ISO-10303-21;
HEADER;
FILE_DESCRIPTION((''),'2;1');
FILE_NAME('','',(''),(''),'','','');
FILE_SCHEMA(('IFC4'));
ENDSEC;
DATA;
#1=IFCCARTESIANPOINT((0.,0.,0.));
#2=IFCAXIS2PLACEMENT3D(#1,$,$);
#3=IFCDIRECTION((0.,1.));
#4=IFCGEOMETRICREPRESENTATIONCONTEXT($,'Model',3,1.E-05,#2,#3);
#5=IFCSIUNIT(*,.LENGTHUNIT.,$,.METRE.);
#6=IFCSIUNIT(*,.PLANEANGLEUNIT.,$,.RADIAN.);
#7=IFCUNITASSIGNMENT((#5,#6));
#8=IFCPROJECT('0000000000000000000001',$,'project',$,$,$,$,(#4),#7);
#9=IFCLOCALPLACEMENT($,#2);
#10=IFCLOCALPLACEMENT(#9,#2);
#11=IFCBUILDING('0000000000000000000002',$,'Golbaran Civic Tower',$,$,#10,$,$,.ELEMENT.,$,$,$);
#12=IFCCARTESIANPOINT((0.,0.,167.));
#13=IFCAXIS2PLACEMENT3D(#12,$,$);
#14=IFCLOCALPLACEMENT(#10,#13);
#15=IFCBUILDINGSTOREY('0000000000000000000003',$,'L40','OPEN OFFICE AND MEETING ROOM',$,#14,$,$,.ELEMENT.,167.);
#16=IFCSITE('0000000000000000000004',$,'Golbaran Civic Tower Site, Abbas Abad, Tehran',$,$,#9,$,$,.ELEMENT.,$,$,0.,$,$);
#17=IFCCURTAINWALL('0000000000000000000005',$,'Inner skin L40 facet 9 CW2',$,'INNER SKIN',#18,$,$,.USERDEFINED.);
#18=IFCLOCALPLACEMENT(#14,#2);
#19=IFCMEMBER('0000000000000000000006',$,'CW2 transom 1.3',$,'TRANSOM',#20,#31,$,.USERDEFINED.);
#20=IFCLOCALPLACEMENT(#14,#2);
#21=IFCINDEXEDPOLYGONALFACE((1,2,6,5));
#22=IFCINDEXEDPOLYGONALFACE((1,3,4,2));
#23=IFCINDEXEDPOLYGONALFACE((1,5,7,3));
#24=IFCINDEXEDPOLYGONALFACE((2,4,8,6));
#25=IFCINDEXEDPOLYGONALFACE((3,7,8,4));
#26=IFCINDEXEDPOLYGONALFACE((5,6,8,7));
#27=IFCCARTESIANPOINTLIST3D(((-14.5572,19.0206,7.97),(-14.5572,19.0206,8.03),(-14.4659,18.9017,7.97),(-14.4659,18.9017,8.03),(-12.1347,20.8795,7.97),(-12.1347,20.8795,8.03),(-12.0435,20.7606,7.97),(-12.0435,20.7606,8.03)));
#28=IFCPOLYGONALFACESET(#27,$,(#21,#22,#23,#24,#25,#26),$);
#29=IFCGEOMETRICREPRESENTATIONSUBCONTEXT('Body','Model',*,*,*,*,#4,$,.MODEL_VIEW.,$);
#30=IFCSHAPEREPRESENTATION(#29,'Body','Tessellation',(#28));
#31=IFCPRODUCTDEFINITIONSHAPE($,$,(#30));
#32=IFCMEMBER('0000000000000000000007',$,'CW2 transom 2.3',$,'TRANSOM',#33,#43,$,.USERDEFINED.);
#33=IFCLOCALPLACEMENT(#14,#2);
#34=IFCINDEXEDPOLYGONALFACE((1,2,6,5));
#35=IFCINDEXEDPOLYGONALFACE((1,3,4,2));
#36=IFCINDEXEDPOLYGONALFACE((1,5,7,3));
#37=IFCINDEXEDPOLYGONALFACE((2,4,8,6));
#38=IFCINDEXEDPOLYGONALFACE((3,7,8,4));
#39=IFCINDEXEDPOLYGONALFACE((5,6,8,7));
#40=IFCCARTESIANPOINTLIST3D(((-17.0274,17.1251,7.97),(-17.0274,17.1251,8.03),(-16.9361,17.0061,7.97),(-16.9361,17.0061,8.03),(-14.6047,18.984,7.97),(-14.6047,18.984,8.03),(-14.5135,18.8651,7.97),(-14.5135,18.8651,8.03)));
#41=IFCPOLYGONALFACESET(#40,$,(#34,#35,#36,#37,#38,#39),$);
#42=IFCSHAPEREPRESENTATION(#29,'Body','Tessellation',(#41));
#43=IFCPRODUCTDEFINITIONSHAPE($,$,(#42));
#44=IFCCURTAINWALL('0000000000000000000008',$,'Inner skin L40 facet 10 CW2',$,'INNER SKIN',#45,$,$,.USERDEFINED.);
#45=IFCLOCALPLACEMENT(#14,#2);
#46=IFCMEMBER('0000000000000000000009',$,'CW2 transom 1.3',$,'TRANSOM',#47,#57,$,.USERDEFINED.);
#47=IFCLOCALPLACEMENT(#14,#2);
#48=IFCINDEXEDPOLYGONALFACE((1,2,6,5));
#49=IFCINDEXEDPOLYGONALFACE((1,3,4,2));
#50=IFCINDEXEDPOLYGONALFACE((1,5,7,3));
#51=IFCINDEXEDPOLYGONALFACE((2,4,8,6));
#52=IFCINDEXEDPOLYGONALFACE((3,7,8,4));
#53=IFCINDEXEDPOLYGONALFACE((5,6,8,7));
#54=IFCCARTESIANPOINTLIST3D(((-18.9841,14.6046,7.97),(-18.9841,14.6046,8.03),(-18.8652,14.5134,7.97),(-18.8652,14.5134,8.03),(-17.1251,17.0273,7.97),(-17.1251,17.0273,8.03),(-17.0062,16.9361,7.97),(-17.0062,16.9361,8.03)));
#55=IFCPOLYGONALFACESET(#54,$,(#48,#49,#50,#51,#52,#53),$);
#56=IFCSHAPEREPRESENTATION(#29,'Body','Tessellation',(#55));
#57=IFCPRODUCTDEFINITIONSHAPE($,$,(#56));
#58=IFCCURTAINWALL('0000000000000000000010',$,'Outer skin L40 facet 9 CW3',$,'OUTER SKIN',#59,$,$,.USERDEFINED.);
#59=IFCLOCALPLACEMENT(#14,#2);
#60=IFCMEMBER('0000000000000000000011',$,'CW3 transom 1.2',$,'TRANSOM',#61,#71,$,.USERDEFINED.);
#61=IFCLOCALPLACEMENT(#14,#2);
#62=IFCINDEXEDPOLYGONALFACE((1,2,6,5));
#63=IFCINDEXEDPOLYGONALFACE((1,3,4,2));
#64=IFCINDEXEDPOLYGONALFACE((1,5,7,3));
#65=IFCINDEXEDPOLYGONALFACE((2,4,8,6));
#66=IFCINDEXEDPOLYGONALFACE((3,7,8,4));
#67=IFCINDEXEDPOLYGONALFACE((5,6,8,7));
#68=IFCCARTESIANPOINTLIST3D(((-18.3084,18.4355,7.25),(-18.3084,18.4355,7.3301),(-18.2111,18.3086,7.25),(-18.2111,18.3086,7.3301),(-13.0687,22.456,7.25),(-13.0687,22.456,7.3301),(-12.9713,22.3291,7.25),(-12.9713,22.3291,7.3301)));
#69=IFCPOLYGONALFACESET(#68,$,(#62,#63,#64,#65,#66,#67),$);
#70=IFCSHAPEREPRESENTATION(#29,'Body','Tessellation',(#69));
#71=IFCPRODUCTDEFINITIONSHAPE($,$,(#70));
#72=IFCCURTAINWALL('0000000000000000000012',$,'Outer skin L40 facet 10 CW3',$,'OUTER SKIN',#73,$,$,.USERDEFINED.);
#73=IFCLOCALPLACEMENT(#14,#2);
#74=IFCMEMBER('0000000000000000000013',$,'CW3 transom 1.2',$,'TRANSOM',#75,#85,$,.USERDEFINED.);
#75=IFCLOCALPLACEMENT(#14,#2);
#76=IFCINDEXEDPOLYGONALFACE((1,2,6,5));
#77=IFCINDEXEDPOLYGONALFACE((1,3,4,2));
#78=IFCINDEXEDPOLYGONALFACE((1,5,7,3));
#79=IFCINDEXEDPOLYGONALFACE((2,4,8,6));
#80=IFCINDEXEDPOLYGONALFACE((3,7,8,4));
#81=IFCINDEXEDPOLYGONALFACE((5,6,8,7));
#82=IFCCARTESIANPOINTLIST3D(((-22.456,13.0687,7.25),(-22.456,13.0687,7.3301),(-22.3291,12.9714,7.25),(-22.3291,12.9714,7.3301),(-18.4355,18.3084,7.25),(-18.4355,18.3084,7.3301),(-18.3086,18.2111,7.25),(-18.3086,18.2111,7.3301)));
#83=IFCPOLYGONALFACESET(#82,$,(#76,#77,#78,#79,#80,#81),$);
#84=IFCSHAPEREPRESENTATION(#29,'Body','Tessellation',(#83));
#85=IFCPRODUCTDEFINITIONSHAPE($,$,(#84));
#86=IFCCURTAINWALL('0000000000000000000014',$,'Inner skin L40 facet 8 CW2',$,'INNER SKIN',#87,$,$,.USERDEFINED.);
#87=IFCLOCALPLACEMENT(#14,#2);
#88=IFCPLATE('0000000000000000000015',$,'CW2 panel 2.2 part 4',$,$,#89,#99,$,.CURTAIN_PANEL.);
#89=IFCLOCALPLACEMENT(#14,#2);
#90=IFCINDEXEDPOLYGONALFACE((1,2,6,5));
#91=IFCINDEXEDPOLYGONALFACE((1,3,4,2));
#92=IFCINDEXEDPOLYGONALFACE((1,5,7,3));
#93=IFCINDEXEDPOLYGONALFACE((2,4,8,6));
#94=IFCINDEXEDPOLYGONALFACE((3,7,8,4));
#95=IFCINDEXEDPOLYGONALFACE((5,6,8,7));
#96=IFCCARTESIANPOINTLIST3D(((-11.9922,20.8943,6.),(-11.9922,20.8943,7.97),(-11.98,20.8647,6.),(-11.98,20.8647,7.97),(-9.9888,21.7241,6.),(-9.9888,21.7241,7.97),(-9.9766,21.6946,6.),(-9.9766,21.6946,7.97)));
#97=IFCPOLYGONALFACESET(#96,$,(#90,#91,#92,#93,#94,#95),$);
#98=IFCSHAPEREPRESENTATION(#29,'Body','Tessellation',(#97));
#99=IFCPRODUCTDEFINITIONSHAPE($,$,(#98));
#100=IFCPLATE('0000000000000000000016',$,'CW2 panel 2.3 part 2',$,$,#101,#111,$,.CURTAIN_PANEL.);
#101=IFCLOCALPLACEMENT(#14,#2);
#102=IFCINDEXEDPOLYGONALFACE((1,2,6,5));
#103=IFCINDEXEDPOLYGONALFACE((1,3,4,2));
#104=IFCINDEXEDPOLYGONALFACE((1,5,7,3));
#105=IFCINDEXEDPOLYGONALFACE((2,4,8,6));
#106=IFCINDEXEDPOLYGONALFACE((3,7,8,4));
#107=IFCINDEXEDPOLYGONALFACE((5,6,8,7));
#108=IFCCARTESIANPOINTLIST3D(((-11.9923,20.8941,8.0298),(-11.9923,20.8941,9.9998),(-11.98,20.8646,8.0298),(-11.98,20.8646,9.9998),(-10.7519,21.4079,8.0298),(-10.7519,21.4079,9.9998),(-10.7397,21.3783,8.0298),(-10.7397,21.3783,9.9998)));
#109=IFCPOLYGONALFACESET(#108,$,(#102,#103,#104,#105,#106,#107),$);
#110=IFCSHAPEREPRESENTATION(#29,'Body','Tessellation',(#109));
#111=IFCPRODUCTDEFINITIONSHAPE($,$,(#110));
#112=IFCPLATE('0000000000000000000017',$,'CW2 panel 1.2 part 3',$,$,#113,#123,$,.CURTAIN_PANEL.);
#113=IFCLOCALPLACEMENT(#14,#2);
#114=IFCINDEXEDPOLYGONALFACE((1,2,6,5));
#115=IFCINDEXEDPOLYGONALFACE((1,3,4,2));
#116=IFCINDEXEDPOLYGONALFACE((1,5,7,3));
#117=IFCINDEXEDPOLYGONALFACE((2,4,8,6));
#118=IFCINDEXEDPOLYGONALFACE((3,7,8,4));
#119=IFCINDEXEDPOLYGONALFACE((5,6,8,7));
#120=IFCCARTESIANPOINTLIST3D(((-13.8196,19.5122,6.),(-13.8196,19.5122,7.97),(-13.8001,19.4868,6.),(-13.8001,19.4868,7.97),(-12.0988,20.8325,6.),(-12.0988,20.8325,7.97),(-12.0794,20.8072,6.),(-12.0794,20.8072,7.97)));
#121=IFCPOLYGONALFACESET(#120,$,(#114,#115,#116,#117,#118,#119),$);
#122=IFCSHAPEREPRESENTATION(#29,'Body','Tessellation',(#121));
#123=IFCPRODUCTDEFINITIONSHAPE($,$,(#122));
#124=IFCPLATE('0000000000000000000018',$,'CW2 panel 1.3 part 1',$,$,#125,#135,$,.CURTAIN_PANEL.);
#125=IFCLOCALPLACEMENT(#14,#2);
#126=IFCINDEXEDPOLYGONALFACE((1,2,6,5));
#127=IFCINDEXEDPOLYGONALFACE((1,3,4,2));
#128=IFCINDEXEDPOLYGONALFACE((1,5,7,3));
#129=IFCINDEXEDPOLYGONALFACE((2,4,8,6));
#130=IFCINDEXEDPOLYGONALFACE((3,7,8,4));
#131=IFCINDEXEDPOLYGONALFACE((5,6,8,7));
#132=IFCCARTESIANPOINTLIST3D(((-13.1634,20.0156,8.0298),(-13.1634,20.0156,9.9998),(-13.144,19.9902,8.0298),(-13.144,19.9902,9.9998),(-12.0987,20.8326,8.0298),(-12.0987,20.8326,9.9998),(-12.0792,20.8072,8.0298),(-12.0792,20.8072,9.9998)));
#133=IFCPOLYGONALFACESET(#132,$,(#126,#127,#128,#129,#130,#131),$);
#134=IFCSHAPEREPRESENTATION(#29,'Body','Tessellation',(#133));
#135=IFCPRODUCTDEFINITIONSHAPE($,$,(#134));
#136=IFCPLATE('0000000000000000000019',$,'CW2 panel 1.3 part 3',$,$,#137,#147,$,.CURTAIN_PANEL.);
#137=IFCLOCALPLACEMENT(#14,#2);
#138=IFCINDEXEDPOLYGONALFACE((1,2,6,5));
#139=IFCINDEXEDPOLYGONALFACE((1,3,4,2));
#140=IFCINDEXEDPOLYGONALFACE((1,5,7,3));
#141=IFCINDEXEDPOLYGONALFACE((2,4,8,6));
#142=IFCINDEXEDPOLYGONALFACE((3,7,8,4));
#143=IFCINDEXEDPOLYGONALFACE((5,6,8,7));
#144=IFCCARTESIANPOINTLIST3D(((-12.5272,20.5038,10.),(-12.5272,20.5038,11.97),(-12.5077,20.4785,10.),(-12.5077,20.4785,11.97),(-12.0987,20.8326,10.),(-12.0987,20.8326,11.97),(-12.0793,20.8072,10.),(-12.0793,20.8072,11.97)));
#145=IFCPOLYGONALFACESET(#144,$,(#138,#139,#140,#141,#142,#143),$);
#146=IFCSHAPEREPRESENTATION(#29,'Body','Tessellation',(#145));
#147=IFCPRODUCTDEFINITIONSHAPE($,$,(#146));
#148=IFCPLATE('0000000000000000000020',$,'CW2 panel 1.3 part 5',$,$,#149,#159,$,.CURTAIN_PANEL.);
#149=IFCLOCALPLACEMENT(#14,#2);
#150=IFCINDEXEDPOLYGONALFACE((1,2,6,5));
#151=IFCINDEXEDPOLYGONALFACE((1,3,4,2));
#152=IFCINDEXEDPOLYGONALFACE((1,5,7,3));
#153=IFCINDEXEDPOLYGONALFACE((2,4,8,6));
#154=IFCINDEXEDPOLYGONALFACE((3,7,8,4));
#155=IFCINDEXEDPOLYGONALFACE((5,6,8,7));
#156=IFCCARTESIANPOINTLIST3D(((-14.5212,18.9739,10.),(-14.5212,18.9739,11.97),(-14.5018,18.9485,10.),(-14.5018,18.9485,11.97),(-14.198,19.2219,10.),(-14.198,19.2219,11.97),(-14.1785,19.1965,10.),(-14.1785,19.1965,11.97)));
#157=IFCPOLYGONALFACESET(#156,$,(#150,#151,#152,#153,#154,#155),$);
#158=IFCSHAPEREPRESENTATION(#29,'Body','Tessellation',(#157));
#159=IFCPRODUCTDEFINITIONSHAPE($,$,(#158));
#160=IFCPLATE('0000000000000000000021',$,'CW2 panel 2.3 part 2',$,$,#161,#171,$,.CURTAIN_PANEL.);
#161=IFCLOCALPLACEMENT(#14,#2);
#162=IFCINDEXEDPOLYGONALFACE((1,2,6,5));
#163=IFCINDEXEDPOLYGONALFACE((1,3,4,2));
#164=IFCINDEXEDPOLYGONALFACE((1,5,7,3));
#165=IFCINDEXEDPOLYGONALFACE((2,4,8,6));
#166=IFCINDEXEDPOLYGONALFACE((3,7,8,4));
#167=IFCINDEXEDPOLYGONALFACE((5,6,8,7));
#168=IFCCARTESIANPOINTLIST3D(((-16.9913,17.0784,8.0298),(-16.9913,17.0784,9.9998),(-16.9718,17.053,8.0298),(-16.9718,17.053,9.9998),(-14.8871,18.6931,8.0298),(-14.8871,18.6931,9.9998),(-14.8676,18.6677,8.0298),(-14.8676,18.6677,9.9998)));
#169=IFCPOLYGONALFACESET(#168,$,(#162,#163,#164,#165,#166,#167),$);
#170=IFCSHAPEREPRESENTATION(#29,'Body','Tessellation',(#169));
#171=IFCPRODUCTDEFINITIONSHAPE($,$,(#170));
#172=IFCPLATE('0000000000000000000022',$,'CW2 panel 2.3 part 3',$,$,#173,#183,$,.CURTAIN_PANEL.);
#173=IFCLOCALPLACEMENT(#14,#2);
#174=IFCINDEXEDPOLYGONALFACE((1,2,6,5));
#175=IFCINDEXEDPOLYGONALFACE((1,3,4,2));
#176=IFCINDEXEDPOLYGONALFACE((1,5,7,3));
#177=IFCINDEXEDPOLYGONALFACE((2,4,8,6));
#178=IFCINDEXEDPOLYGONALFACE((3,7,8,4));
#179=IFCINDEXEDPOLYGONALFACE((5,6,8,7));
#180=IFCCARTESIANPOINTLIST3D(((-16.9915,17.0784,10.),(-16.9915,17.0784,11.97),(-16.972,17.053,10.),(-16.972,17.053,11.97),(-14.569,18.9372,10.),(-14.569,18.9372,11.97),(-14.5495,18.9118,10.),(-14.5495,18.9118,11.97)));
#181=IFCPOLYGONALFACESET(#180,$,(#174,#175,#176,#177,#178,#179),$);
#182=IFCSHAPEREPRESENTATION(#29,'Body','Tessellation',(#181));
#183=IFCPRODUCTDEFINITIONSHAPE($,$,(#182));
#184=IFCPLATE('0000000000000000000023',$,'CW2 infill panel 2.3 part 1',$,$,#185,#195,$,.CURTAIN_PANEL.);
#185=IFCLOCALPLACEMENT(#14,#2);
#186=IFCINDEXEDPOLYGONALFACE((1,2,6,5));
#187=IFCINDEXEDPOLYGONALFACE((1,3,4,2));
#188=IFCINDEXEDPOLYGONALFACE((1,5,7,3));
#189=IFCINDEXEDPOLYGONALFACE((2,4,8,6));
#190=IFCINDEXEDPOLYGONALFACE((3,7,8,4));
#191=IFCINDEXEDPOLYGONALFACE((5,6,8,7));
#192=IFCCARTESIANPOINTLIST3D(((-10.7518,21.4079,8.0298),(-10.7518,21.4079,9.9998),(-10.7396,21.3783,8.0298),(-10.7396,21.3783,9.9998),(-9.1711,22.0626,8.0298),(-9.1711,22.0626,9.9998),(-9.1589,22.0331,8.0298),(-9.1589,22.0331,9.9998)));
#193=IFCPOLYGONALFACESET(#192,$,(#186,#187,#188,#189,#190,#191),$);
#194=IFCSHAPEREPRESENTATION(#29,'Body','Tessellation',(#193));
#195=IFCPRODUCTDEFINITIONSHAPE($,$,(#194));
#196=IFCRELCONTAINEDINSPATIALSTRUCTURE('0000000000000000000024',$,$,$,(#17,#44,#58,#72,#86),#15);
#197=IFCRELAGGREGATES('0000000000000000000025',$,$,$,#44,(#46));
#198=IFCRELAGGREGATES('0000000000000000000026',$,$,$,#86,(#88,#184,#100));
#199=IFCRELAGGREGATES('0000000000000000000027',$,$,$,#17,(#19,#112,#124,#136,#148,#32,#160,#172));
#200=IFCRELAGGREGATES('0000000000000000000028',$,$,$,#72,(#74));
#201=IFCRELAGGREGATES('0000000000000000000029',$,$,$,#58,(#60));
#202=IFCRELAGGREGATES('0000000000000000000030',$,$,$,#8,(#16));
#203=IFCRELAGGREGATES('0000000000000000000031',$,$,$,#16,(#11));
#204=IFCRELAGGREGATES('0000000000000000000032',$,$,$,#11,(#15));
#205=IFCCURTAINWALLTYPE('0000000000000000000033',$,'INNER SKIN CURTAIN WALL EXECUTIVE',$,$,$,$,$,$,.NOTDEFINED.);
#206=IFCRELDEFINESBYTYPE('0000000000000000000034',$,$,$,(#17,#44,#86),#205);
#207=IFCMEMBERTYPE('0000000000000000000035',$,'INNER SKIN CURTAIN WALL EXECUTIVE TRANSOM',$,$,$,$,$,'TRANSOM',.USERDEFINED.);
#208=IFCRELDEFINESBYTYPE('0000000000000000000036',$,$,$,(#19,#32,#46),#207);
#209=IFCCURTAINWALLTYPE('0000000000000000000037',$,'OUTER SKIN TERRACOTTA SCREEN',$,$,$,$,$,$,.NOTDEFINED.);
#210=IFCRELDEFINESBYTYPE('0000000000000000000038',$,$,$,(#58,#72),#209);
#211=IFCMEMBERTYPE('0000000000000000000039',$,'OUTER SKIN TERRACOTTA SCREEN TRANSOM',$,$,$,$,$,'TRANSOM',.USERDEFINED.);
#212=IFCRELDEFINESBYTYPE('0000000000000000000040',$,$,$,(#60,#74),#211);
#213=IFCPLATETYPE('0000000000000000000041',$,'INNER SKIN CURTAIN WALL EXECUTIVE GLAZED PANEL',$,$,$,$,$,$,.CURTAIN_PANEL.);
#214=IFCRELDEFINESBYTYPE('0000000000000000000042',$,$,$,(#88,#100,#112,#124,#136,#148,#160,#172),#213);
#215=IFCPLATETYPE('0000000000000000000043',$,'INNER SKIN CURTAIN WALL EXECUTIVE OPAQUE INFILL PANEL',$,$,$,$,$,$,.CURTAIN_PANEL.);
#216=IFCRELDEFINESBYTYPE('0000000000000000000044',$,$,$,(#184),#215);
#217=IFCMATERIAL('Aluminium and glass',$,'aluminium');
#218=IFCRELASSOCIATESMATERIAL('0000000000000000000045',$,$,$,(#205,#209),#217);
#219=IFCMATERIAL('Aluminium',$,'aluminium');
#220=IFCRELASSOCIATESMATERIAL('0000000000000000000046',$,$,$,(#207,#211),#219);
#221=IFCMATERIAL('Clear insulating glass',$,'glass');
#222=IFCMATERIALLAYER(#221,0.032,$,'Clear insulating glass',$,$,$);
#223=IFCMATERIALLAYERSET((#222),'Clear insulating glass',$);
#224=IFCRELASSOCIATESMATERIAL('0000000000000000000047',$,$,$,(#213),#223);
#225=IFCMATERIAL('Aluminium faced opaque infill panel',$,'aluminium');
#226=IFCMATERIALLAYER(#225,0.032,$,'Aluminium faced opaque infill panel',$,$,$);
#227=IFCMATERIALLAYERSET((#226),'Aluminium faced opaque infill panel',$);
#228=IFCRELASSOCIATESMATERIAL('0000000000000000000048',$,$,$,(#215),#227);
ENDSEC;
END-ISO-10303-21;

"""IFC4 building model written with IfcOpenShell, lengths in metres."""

from ifc_helpers import new_model, si_unit, direction, frame, origin, origin_2d, place, context, subcontext, project, spatial, rectangle, extrude, material, layer, layer_set, material_profile, profile_set, type_object, element, aggregate, save


model = new_model("IFC4")

# Units and contexts
model_context = context("Model", 3, precision=1e-05, world=origin(), true_north=direction((0.0, 1.0)))
body_context = subcontext(model_context, "Body", "Model", "MODEL_VIEW")
ifc_project = project(units=[si_unit("LENGTHUNIT", "METRE"), si_unit("PLANEANGLEUNIT", "RADIAN")], contexts=[model_context])

# Site, building, storey
site_placement = place(None, origin())
site = spatial("IfcSite", under=ifc_project, at=site_placement, Name="Golbaran Civic Tower Site, Abbas Abad, Tehran", CompositionType="ELEMENT", RefElevation=0.0)
building_placement = place(site_placement, origin())
building = spatial("IfcBuilding", under=site, at=building_placement, Name="Golbaran Civic Tower", CompositionType="ELEMENT")
storey_placement = place(building_placement, frame((0.0, 0.0, 167.0)))
storey = spatial("IfcBuildingStorey", under=building, at=storey_placement, Name="L40", Description="OPEN OFFICE AND MEETING ROOM", CompositionType="ELEMENT", Elevation=167.0)

# Curtain wall, members
ifc_material_1 = material(Name="Aluminium and glass", Category="aluminium")
curtain_wall_type_1 = type_object("IfcCurtainWallType", Name="INNER SKIN CURTAIN WALL EXECUTIVE", PredefinedType="NOTDEFINED", material=ifc_material_1)
curtain_wall_1_placement = place(storey_placement, origin())
curtain_wall_1 = element("IfcCurtainWall", 1, at=curtain_wall_1_placement, inside=storey, type_object=curtain_wall_type_1, Name="Inner skin L40 facet 9 CW2", ObjectType="INNER SKIN", PredefinedType="USERDEFINED")
ifc_material_2 = material(Name="Aluminium", Category="aluminium")
ifc_material_profile_1 = material_profile(ifc_material_2, rectangle(XDim=0.1499, YDim=0.0601, at=origin_2d()), Name="INNER SKIN CURTAIN WALL EXECUTIVE TRANSOM")
ifc_profile_set_1 = profile_set([ifc_material_profile_1], Name="Aluminium")
member_type_1 = type_object("IfcMemberType", Name="INNER SKIN CURTAIN WALL EXECUTIVE TRANSOM", ElementType="TRANSOM", PredefinedType="USERDEFINED", material=ifc_profile_set_1)
member_1_placement = place(storey_placement, frame((-12.0891, 20.8201, 8.0), z_axis=(-0.793331, -0.608791, 0.0), x_axis=(0.608791, -0.793331, 0.0)))
member_1 = element("IfcMember", 2, at=member_1_placement, type_object=member_type_1, Name="CW2 transom 1.3", ObjectType="TRANSOM", PredefinedType="USERDEFINED", context=body_context, shape_type="SweptSolid", body=[
    extrude(rectangle(XDim=0.1499, YDim=0.0601, at=origin_2d()), origin(), (0.0, 0.0, 1.0), 3.0535),
])
member_2_placement = place(storey_placement, frame((-14.5591, 18.9246, 8.0), z_axis=(-0.793361, -0.608752, 0.0), x_axis=(0.608752, -0.793361, 0.0)))
member_2 = element("IfcMember", 3, at=member_2_placement, type_object=member_type_1, Name="CW2 transom 2.3", ObjectType="TRANSOM", PredefinedType="USERDEFINED", context=body_context, shape_type="SweptSolid", body=[
    extrude(rectangle(XDim=0.1499, YDim=0.0601, at=origin_2d()), origin(), (0.0, 0.0, 1.0), 3.0537),
])

# Curtain walls, members
curtain_wall_2_placement = place(storey_placement, origin())
curtain_wall_2 = element("IfcCurtainWall", 4, at=curtain_wall_2_placement, inside=storey, type_object=curtain_wall_type_1, Name="Inner skin L40 facet 10 CW2", ObjectType="INNER SKIN", PredefinedType="USERDEFINED")
member_3_placement = place(storey_placement, frame((-17.0657, 16.9817, 8.0), z_axis=(-0.608752, -0.793361, 0.0), x_axis=(0.793361, -0.608752, 0.0)))
member_3 = element("IfcMember", 5, at=member_3_placement, type_object=member_type_1, Name="CW2 transom 1.3", ObjectType="TRANSOM", PredefinedType="USERDEFINED", context=body_context, shape_type="SweptSolid", body=[
    extrude(rectangle(XDim=0.1499, YDim=0.0601, at=origin_2d()), origin(), (0.0, 0.0, 1.0), 3.0537),
])
aggregate(curtain_wall_2, [member_3])
curtain_wall_type_2 = type_object("IfcCurtainWallType", Name="OUTER SKIN TERRACOTTA SCREEN", PredefinedType="NOTDEFINED", material=ifc_material_1)
curtain_wall_3_placement = place(storey_placement, origin())
curtain_wall_3 = element("IfcCurtainWall", 6, at=curtain_wall_3_placement, inside=storey, type_object=curtain_wall_type_2, Name="Outer skin L40 facet 9 CW3", ObjectType="OUTER SKIN", PredefinedType="USERDEFINED")
ifc_material_profile_2 = material_profile(ifc_material_2, rectangle(XDim=0.1599, YDim=0.0801, at=origin_2d()), Name="OUTER SKIN TERRACOTTA SCREEN TRANSOM")
ifc_profile_set_2 = profile_set([ifc_material_profile_2], Name="Aluminium")
member_type_2 = type_object("IfcMemberType", Name="OUTER SKIN TERRACOTTA SCREEN TRANSOM", ElementType="TRANSOM", PredefinedType="USERDEFINED", material=ifc_profile_set_2)
member_4_placement = place(storey_placement, frame((-13.02, 22.3926, 7.29), z_axis=(-0.79336, -0.608753, 0.0), x_axis=(0.608753, -0.79336, 0.0)))
member_4 = element("IfcMember", 7, at=member_4_placement, type_object=member_type_2, Name="CW3 transom 1.2", ObjectType="TRANSOM", PredefinedType="USERDEFINED", context=body_context, shape_type="SweptSolid", body=[
    extrude(rectangle(XDim=0.1599, YDim=0.0801, at=origin_2d()), origin(), (0.0, 0.0, 1.0), 6.6045),
])
curtain_wall_4_placement = place(storey_placement, origin())
curtain_wall_4 = element("IfcCurtainWall", 8, at=curtain_wall_4_placement, inside=storey, type_object=curtain_wall_type_2, Name="Outer skin L40 facet 10 CW3", ObjectType="OUTER SKIN", PredefinedType="USERDEFINED")
member_5_placement = place(storey_placement, frame((-18.3721, 18.2598, 7.29), z_axis=(-0.608753, -0.79336, 0.0), x_axis=(0.79336, -0.608753, 0.0)))
member_5 = element("IfcMember", 9, at=member_5_placement, type_object=member_type_2, Name="CW3 transom 1.2", ObjectType="TRANSOM", PredefinedType="USERDEFINED", context=body_context, shape_type="SweptSolid", body=[
    extrude(rectangle(XDim=0.1599, YDim=0.0801, at=origin_2d()), origin(), (0.0, 0.0, 1.0), 6.6045),
])

# Curtain wall, plates
curtain_wall_5_placement = place(storey_placement, origin())
curtain_wall_5 = element("IfcCurtainWall", 10, at=curtain_wall_5_placement, inside=storey, type_object=curtain_wall_type_1, Name="Inner skin L40 facet 8 CW2", ObjectType="INNER SKIN", PredefinedType="USERDEFINED")
ifc_material_3 = material(Name="Clear insulating glass", Category="glass")
ifc_layer_1 = layer(ifc_material_3, 0.032, Name="Clear insulating glass")
ifc_layer_set_1 = layer_set([ifc_layer_1], Name="Clear insulating glass")
plate_type_1 = type_object("IfcPlateType", Name="INNER SKIN CURTAIN WALL EXECUTIVE GLAZED PANEL", PredefinedType="CURTAIN_PANEL", material=ifc_layer_set_1)
plate_1_placement = place(storey_placement, frame((-10.9844, 21.2944, 6.0), z_axis=(0.0, 0.0, 1.0), x_axis=(-0.92388, -0.382683, 0.0)))
plate_1 = element("IfcPlate", 11, at=plate_1_placement, type_object=plate_type_1, Name="CW2 panel 2.2 part 4", PredefinedType="CURTAIN_PANEL", context=body_context, shape_type="SweptSolid", body=[
    extrude(rectangle(XDim=2.1685, YDim=0.032, at=origin_2d()), origin(), (0.0, 0.0, 1.0), 1.97),
])
plate_2_placement = place(storey_placement, frame((-11.366, 21.1362, 8.0298), z_axis=(0.0, 0.0, 1.0), x_axis=(-0.92388, -0.382683, 0.0)))
plate_2 = element("IfcPlate", 12, at=plate_2_placement, type_object=plate_type_1, Name="CW2 panel 2.3 part 2", PredefinedType="CURTAIN_PANEL", context=body_context, shape_type="SweptSolid", body=[
    extrude(rectangle(XDim=1.3425, YDim=0.032, at=origin_2d()), origin(), (0.0, 0.0, 1.0), 1.97),
])

# Plates
plate_3_placement = place(storey_placement, frame((-12.9495, 20.1597, 6.0), z_axis=(0.0, 0.0, 1.0), x_axis=(-0.793353, -0.608761, 0.0)))
plate_3 = element("IfcPlate", 13, at=plate_3_placement, type_object=plate_type_1, Name="CW2 panel 1.2 part 3", PredefinedType="CURTAIN_PANEL", context=body_context, shape_type="SweptSolid", body=[
    extrude(rectangle(XDim=2.1689, YDim=0.032, at=origin_2d()), origin(), (0.0, 0.0, 1.0), 1.97),
])
plate_4_placement = place(storey_placement, frame((-12.6213, 20.4114, 8.0298), z_axis=(0.0, 0.0, 1.0), x_axis=(-0.793353, -0.608761, 0.0)))
plate_4 = element("IfcPlate", 14, at=plate_4_placement, type_object=plate_type_1, Name="CW2 panel 1.3 part 1", PredefinedType="CURTAIN_PANEL", context=body_context, shape_type="SweptSolid", body=[
    extrude(rectangle(XDim=1.342, YDim=0.032, at=origin_2d()), origin(), (0.0, 0.0, 1.0), 1.97),
])
plate_5_placement = place(storey_placement, frame((-12.3032, 20.6555, 10.0), z_axis=(0.0, 0.0, 1.0), x_axis=(-0.793353, -0.608761, 0.0)))
plate_5 = element("IfcPlate", 15, at=plate_5_placement, type_object=plate_type_1, Name="CW2 panel 1.3 part 3", PredefinedType="CURTAIN_PANEL", context=body_context, shape_type="SweptSolid", body=[
    extrude(rectangle(XDim=0.54, YDim=0.032, at=origin_2d()), origin(), (0.0, 0.0, 1.0), 1.97),
])
plate_6_placement = place(storey_placement, frame((-14.3499, 19.0852, 10.0), z_axis=(0.0, 0.0, 1.0), x_axis=(-0.793353, -0.608761, 0.0)))
plate_6 = element("IfcPlate", 16, at=plate_6_placement, type_object=plate_type_1, Name="CW2 panel 1.3 part 5", PredefinedType="CURTAIN_PANEL", context=body_context, shape_type="SweptSolid", body=[
    extrude(rectangle(XDim=0.4075, YDim=0.032, at=origin_2d()), origin(), (0.0, 0.0, 1.0), 1.97),
])
plate_7_placement = place(storey_placement, frame((-15.9294, 17.873, 8.0298), z_axis=(0.0, 0.0, 1.0), x_axis=(-0.793353, -0.608761, 0.0)))
plate_7 = element("IfcPlate", 17, at=plate_7_placement, type_object=plate_type_1, Name="CW2 panel 2.3 part 2", PredefinedType="CURTAIN_PANEL", context=body_context, shape_type="SweptSolid", body=[
    extrude(rectangle(XDim=2.6523, YDim=0.032, at=origin_2d()), origin(), (0.0, 0.0, 1.0), 1.97),
])
plate_8_placement = place(storey_placement, frame((-15.7705, 17.9951, 10.0), z_axis=(0.0, 0.0, 1.0), x_axis=(-0.793353, -0.608761, 0.0)))
plate_8 = element("IfcPlate", 18, at=plate_8_placement, type_object=plate_type_1, Name="CW2 panel 2.3 part 3", PredefinedType="CURTAIN_PANEL", context=body_context, shape_type="SweptSolid", body=[
    extrude(rectangle(XDim=3.0535, YDim=0.032, at=origin_2d()), origin(), (0.0, 0.0, 1.0), 1.97),
])
ifc_material_4 = material(Name="Aluminium faced opaque infill panel", Category="aluminium")
ifc_layer_2 = layer(ifc_material_4, 0.032, Name="Aluminium faced opaque infill panel")
ifc_layer_set_2 = layer_set([ifc_layer_2], Name="Aluminium faced opaque infill panel")
plate_type_2 = type_object("IfcPlateType", Name="INNER SKIN CURTAIN WALL EXECUTIVE OPAQUE INFILL PANEL", PredefinedType="CURTAIN_PANEL", material=ifc_layer_set_2)
plate_9_placement = place(storey_placement, frame((-9.9553, 21.7205, 8.0298), z_axis=(0.0, 0.0, 1.0), x_axis=(-0.92388, -0.382683, 0.0)))
plate_9 = element("IfcPlate", 19, at=plate_9_placement, type_object=plate_type_2, Name="CW2 infill panel 2.3 part 1", PredefinedType="CURTAIN_PANEL", context=body_context, shape_type="SweptSolid", body=[
    extrude(rectangle(XDim=1.7109, YDim=0.032, at=origin_2d()), origin(), (0.0, 0.0, 1.0), 1.97),
])
aggregate(curtain_wall_5, [plate_1, plate_9, plate_2])
aggregate(curtain_wall_1, [member_1, plate_3, plate_4, plate_5, plate_6, member_2, plate_7, plate_8])

aggregate(curtain_wall_4, [member_5])
aggregate(curtain_wall_3, [member_4])

save(model, "model.ifc")
